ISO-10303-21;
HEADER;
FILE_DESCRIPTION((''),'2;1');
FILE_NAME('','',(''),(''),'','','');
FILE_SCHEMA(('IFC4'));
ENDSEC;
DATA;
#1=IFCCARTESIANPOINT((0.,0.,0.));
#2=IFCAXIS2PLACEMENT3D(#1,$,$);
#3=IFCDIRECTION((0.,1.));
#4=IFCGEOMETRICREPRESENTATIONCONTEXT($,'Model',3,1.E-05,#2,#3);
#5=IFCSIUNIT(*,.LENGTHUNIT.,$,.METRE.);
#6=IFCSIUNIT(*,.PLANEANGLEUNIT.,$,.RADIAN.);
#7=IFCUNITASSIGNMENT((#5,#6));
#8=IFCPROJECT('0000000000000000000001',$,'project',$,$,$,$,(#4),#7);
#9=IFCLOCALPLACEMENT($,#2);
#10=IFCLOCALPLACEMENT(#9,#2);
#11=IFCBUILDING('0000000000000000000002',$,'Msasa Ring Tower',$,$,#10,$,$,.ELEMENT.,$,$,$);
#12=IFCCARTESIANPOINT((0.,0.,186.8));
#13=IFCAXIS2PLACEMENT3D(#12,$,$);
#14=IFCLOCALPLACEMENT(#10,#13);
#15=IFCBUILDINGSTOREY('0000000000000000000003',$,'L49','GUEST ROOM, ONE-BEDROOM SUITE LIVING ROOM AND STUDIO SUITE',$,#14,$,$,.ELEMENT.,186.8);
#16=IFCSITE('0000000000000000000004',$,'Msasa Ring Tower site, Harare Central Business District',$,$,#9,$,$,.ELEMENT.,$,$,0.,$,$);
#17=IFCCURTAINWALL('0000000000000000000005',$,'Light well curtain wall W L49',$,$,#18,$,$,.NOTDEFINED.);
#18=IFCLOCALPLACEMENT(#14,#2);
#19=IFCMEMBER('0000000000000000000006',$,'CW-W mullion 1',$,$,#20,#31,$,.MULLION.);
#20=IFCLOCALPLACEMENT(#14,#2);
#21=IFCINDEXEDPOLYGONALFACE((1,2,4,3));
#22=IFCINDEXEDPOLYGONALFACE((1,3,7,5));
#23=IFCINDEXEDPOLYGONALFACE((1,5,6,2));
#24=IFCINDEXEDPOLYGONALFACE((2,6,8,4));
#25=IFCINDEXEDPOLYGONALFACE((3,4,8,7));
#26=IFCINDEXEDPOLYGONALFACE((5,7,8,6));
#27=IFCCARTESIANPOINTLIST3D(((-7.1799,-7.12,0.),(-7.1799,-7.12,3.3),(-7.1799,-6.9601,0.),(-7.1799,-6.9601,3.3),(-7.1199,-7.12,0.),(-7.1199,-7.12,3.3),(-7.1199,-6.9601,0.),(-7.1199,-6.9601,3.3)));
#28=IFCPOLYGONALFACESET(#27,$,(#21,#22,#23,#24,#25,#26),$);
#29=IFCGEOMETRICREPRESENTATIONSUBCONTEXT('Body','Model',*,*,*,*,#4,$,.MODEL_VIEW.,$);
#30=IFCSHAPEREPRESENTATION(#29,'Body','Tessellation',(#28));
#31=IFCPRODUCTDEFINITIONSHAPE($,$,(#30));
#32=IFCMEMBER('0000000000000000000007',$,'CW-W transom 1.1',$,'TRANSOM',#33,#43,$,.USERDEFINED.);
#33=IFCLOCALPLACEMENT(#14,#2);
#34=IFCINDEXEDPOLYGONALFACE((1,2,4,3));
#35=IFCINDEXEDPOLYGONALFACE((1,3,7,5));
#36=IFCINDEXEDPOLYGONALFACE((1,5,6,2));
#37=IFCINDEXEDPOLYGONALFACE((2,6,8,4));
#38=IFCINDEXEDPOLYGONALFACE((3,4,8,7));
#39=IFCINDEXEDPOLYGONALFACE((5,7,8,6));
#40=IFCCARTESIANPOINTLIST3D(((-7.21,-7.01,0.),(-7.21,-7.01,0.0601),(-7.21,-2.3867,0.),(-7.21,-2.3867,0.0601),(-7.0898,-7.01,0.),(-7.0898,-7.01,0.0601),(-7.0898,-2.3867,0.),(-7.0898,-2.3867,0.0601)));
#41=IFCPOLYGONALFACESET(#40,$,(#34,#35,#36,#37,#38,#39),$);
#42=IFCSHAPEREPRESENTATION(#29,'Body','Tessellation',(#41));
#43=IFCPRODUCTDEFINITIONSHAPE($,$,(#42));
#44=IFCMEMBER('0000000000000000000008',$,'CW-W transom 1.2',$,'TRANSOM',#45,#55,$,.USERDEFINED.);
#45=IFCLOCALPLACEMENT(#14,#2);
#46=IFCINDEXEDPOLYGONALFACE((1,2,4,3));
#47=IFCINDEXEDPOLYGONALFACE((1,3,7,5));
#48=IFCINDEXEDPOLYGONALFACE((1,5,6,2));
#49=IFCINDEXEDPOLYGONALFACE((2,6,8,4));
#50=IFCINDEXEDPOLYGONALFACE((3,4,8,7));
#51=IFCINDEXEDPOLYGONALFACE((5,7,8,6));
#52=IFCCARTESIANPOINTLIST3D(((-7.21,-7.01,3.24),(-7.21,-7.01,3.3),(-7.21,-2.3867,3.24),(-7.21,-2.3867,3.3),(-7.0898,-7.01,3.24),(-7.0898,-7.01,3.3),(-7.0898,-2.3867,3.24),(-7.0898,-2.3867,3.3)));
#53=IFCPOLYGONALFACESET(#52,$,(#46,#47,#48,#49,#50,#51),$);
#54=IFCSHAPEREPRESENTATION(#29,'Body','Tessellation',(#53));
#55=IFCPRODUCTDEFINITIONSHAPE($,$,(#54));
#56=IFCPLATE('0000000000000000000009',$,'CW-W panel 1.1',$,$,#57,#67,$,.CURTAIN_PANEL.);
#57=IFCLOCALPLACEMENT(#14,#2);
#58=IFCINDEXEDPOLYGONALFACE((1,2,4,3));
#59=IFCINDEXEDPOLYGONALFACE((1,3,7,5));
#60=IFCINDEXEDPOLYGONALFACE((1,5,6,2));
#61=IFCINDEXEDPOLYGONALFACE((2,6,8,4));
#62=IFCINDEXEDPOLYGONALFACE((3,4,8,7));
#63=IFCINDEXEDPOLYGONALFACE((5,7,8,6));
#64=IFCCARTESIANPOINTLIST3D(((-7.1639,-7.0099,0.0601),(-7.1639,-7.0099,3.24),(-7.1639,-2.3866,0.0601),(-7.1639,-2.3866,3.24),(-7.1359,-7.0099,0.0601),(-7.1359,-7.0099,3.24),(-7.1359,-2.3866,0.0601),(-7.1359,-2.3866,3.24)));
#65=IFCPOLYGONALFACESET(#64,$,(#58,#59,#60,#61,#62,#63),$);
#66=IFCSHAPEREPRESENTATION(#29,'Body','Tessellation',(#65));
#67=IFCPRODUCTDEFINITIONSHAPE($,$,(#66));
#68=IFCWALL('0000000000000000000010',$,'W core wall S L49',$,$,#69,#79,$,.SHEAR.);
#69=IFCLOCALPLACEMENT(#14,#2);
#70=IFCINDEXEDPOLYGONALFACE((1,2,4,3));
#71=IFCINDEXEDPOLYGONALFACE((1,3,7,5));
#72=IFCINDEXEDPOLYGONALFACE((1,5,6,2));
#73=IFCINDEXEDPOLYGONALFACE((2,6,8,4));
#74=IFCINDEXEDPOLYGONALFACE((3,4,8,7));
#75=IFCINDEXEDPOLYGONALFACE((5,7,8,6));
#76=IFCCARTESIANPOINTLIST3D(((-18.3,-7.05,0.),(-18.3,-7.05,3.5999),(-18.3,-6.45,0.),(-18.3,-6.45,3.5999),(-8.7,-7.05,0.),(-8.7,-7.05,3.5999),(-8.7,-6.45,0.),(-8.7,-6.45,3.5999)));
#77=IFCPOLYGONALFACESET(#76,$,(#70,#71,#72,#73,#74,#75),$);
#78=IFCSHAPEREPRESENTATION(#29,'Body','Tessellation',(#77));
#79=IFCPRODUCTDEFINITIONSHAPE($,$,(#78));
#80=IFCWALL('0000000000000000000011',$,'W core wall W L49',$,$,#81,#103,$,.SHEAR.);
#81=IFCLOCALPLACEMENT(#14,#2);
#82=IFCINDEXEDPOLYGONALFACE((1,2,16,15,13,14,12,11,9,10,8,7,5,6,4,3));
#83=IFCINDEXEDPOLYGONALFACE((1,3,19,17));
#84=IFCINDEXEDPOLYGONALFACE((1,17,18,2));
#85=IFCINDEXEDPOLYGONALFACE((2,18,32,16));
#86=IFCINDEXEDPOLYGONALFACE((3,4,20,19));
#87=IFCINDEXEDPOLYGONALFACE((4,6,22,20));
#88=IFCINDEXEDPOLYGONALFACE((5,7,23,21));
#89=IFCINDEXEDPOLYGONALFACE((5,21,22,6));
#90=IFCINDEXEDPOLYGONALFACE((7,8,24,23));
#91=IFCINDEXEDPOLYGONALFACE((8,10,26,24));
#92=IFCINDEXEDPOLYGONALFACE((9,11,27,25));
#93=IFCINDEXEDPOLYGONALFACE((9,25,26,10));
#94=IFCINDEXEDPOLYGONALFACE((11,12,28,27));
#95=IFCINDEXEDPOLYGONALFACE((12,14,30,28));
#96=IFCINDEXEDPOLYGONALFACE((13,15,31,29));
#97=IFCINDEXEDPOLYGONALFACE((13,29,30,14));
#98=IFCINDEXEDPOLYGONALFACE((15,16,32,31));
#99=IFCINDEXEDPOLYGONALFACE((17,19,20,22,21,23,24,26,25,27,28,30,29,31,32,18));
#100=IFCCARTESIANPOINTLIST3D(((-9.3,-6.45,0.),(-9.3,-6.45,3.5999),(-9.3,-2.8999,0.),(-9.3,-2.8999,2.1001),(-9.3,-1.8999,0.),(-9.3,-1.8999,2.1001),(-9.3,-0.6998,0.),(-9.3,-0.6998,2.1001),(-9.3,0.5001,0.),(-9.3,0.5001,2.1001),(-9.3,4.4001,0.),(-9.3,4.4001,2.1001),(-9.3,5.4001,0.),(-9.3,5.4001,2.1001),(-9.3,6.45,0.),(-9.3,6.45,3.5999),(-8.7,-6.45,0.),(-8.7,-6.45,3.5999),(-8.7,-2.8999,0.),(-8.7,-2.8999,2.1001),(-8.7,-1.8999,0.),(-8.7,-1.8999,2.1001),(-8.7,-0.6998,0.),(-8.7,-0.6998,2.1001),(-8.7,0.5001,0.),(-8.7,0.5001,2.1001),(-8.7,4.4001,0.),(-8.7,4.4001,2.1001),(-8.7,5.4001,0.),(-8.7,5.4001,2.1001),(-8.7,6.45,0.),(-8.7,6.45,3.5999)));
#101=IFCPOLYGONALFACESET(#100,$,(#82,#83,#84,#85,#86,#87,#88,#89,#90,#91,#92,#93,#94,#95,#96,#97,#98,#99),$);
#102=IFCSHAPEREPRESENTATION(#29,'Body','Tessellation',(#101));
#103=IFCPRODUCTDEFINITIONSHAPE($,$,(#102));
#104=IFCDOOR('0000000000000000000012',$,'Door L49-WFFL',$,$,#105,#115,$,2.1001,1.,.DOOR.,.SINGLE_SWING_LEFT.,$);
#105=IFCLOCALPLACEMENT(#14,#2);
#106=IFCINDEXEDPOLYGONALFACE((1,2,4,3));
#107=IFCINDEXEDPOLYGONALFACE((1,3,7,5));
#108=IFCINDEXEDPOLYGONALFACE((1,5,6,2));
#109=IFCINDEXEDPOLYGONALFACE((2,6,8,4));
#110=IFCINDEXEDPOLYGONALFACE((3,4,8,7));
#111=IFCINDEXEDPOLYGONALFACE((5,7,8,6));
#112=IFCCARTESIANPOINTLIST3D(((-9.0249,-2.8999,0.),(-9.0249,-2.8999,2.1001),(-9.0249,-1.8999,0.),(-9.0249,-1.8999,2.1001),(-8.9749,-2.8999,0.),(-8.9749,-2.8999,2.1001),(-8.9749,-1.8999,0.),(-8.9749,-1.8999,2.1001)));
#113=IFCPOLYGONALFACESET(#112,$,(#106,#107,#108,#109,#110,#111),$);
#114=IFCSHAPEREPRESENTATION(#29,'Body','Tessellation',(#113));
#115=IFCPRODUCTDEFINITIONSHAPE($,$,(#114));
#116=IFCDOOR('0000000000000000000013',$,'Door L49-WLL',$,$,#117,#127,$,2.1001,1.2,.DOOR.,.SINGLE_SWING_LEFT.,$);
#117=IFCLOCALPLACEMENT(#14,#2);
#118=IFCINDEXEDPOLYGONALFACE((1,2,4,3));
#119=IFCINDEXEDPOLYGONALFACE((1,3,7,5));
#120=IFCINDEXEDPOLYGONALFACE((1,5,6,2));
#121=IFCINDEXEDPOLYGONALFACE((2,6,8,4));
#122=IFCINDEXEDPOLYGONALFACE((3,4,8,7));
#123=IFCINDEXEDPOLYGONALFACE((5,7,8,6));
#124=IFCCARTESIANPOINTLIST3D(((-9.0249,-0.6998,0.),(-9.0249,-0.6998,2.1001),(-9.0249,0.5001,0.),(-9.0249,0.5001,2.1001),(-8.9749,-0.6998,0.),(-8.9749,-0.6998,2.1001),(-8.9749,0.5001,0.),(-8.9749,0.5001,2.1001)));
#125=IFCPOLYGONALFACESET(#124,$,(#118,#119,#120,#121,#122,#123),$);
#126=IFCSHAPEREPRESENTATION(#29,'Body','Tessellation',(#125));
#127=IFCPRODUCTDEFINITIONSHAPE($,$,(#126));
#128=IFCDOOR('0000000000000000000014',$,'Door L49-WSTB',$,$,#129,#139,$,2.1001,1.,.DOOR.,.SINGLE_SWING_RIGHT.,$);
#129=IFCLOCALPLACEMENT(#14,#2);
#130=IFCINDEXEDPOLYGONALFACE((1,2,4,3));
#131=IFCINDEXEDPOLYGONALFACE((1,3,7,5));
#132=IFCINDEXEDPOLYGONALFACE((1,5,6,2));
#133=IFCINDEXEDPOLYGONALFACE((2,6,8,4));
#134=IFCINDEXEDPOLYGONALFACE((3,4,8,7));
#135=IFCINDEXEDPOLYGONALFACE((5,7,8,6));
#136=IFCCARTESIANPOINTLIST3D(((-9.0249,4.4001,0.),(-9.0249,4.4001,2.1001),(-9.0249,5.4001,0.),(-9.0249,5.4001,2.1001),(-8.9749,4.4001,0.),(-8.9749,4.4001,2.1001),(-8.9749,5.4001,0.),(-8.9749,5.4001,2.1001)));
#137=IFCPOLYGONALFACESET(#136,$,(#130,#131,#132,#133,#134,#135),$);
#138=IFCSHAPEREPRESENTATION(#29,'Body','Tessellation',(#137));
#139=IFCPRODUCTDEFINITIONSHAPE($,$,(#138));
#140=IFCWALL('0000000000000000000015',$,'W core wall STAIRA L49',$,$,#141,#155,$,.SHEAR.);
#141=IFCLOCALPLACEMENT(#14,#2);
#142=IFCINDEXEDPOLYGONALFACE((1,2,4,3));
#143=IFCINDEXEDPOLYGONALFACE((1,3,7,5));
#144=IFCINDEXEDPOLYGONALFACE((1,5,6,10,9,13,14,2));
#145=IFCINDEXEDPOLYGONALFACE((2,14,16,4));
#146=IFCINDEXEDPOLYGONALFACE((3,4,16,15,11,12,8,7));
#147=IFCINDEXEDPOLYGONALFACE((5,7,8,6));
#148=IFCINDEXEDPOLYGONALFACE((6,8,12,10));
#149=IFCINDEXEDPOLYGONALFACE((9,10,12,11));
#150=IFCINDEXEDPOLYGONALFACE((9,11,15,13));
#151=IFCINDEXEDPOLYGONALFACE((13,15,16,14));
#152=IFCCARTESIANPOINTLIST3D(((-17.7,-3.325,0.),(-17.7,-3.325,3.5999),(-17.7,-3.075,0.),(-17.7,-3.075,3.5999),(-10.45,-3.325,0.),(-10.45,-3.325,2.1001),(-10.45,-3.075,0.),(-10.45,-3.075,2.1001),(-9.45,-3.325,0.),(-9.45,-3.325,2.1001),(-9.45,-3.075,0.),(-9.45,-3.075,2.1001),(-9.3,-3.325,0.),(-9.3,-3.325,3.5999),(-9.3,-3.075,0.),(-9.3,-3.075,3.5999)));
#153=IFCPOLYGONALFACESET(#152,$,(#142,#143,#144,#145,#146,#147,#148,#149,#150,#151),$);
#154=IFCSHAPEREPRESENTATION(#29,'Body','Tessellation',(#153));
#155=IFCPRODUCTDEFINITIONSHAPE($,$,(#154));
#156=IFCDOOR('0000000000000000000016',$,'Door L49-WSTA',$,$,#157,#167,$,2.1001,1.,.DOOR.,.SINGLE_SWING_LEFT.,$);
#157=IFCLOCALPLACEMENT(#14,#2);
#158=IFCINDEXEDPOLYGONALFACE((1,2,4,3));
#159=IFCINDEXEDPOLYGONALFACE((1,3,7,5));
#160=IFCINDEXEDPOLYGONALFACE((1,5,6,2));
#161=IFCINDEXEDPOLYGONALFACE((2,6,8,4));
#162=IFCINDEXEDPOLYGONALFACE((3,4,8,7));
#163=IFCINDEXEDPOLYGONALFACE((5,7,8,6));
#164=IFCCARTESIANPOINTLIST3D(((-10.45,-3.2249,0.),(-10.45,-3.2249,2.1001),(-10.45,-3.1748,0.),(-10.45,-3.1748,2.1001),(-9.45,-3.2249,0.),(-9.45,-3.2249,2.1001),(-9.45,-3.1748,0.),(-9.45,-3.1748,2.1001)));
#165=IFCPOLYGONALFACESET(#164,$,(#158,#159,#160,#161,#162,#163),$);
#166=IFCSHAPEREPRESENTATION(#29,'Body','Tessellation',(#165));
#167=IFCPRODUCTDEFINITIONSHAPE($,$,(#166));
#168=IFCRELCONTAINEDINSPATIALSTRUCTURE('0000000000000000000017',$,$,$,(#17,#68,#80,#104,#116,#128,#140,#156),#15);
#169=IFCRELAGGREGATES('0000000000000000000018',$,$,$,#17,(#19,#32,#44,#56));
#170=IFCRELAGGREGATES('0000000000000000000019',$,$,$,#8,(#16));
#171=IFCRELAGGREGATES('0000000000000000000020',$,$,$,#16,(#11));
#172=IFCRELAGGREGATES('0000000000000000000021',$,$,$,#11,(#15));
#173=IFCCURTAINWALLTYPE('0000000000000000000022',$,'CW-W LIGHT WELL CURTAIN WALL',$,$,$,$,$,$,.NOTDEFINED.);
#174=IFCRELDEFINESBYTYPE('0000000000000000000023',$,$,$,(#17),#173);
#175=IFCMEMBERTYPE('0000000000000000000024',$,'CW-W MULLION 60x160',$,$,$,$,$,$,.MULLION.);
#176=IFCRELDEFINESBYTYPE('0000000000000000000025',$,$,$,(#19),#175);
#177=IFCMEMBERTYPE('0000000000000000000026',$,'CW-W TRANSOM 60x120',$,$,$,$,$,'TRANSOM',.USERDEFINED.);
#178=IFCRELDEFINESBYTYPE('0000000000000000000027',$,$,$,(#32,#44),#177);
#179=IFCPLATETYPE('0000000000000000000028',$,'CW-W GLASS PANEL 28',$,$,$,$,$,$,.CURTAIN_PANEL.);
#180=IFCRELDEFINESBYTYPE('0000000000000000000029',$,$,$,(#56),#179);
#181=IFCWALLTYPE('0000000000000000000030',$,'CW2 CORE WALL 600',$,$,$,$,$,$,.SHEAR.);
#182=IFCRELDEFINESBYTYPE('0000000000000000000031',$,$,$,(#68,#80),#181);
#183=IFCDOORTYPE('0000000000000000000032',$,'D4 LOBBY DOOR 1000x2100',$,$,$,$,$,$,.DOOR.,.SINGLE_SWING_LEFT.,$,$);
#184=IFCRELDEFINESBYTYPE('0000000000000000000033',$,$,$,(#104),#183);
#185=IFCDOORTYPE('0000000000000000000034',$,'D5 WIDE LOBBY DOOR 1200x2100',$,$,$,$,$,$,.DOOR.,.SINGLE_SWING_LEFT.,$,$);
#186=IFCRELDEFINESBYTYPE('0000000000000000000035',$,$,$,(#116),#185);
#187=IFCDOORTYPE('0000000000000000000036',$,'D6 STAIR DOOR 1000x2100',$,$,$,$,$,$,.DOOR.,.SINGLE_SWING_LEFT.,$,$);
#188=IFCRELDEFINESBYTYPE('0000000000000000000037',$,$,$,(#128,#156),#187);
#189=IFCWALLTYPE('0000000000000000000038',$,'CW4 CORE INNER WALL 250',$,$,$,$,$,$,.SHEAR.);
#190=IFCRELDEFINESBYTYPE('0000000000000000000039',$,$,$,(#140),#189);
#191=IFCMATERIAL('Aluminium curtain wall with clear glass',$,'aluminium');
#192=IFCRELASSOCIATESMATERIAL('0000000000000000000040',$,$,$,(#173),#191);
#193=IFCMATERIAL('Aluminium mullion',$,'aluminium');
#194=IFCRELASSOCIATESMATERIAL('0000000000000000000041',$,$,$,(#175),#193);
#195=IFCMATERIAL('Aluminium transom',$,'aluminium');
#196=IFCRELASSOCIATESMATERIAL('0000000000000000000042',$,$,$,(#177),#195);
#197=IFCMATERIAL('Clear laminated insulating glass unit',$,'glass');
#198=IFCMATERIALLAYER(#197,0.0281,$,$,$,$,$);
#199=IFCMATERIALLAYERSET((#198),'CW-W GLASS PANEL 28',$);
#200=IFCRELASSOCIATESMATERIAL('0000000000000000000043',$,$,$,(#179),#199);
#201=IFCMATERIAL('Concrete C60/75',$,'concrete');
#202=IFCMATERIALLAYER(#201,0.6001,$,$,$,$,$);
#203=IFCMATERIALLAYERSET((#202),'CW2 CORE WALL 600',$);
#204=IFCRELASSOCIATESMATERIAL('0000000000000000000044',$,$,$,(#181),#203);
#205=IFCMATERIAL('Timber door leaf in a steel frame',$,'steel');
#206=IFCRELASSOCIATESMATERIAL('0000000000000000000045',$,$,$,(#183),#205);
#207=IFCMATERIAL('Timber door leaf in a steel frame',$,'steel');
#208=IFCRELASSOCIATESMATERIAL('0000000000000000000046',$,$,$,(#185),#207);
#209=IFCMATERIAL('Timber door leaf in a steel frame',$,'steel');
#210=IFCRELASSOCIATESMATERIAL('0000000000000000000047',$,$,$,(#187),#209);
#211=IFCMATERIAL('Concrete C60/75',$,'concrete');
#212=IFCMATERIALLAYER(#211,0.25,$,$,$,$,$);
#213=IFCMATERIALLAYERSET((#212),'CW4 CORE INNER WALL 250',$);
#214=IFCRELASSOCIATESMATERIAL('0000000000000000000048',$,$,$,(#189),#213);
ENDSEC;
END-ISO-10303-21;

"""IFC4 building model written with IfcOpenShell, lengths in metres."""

from ifc_helpers import new_model, si_unit, direction, frame, frame_2d, origin, origin_2d, place, context, subcontext, project, spatial, rectangle, extrude, material, layer, layer_set, material_profile, profile_set, type_object, element, fill, aggregate, save


model = new_model("IFC4")

# Units and contexts
model_context = context("Model", 3, precision=1e-05, world=origin(), true_north=direction((0.0, 1.0)))
body_context = subcontext(model_context, "Body", "Model", "MODEL_VIEW")
ifc_project = project(units=[si_unit("LENGTHUNIT", "METRE"), si_unit("PLANEANGLEUNIT", "RADIAN")], contexts=[model_context])

# Site, building, storey
site_placement = place(None, origin())
site = spatial("IfcSite", under=ifc_project, at=site_placement, Name="Msasa Ring Tower site, Harare Central Business District", CompositionType="ELEMENT", RefElevation=0.0)
building_placement = place(site_placement, origin())
building = spatial("IfcBuilding", under=site, at=building_placement, Name="Msasa Ring Tower", CompositionType="ELEMENT")
storey_placement = place(building_placement, frame((0.0, 0.0, 186.8)))
storey = spatial("IfcBuildingStorey", under=building, at=storey_placement, Name="L49", Description="GUEST ROOM, ONE-BEDROOM SUITE LIVING ROOM AND STUDIO SUITE", CompositionType="ELEMENT", Elevation=186.8)

# Curtain wall, members, plate
ifc_material_1 = material(Name="Aluminium curtain wall with clear glass", Category="aluminium")
curtain_wall_type = type_object("IfcCurtainWallType", Name="CW-W LIGHT WELL CURTAIN WALL", PredefinedType="NOTDEFINED", material=ifc_material_1)
curtain_wall_placement = place(storey_placement, origin())
curtain_wall = element("IfcCurtainWall", 1, at=curtain_wall_placement, inside=storey, type_object=curtain_wall_type, Name="Light well curtain wall W L49", PredefinedType="NOTDEFINED")
ifc_material_2 = material(Name="Aluminium mullion", Category="aluminium")
ifc_material_profile_1 = material_profile(ifc_material_2, rectangle(XDim=0.0601, YDim=0.1599, at=origin_2d()), Name="AL 60x160")
ifc_profile_set_1 = profile_set([ifc_material_profile_1], Name="Aluminium mullion")
member_type_1 = type_object("IfcMemberType", Name="CW-W MULLION 60x160", PredefinedType="MULLION", material=ifc_profile_set_1)
member_1_placement = place(storey_placement, frame((-7.1499, -7.04, 0.0), z_axis=(0.0, 0.0, 1.0), x_axis=(-1.0, 0.0, 0.0)))
member_1 = element("IfcMember", 2, at=member_1_placement, type_object=member_type_1, Name="CW-W mullion 1", PredefinedType="MULLION", context=body_context, shape_type="SweptSolid", body=[
    extrude(rectangle(XDim=0.0601, YDim=0.1599, at=origin_2d()), origin(), (0.0, 0.0, 1.0), 3.3),
])
ifc_material_3 = material(Name="Aluminium transom", Category="aluminium")
ifc_material_profile_2 = material_profile(ifc_material_3, rectangle(XDim=0.1201, YDim=0.0601, at=origin_2d()), Name="AL 60x120")
ifc_profile_set_2 = profile_set([ifc_material_profile_2], Name="Aluminium transom")
member_type_2 = type_object("IfcMemberType", Name="CW-W TRANSOM 60x120", ElementType="TRANSOM", PredefinedType="USERDEFINED", material=ifc_profile_set_2)
member_2_placement = place(storey_placement, frame((-7.1499, -7.01, 0.03), z_axis=(0.0, 1.0, 0.0), x_axis=(-1.0, 0.0, 0.0)))
member_2 = element("IfcMember", 3, at=member_2_placement, type_object=member_type_2, Name="CW-W transom 1.1", ObjectType="TRANSOM", PredefinedType="USERDEFINED", context=body_context, shape_type="SweptSolid", body=[
    extrude(rectangle(XDim=0.1201, YDim=0.0601, at=origin_2d()), origin(), (0.0, 0.0, 1.0), 4.6233),
])
member_3_placement = place(storey_placement, frame((-7.1499, -7.01, 3.27), z_axis=(0.0, 1.0, 0.0), x_axis=(-1.0, 0.0, 0.0)))
member_3 = element("IfcMember", 4, at=member_3_placement, type_object=member_type_2, Name="CW-W transom 1.2", ObjectType="TRANSOM", PredefinedType="USERDEFINED", context=body_context, shape_type="SweptSolid", body=[
    extrude(rectangle(XDim=0.1201, YDim=0.0601, at=origin_2d()), origin(), (0.0, 0.0, 1.0), 4.6233),
])
ifc_material_4 = material(Name="Clear laminated insulating glass unit", Category="glass")
ifc_layer_1 = layer(ifc_material_4, 0.0281)
ifc_layer_set_1 = layer_set([ifc_layer_1], Name="CW-W GLASS PANEL 28")
plate_type = type_object("IfcPlateType", Name="CW-W GLASS PANEL 28", PredefinedType="CURTAIN_PANEL", material=ifc_layer_set_1)
plate_placement = place(storey_placement, frame((-7.1499, -4.6982, 0.0601), z_axis=(0.0, 0.0, 1.0), x_axis=(0.0, 1.0, 0.0)))
plate = element("IfcPlate", 5, at=plate_placement, type_object=plate_type, Name="CW-W panel 1.1", PredefinedType="CURTAIN_PANEL", context=body_context, shape_type="SweptSolid", body=[
    extrude(rectangle(XDim=4.6233, YDim=0.0281, at=origin_2d()), origin(), (0.0, 0.0, 1.0), 3.1799),
])
aggregate(curtain_wall, [member_1, member_2, member_3, plate])

# Wall
ifc_material_5 = material(Name="Concrete C60/75", Category="concrete")
ifc_layer_2 = layer(ifc_material_5, 0.6001)
ifc_layer_set_2 = layer_set([ifc_layer_2], Name="CW2 CORE WALL 600")
wall_type_1 = type_object("IfcWallType", Name="CW2 CORE WALL 600", PredefinedType="SHEAR", material=ifc_layer_set_2)
wall_1_placement = place(storey_placement, frame((-8.7, -6.75, 0.0), z_axis=(0.0, 0.0, 1.0), x_axis=(-1.0, 0.0, 0.0)))
element("IfcWall", 6, at=wall_1_placement, inside=storey, type_object=wall_type_1, Name="W core wall S L49", PredefinedType="SHEAR", context=body_context, shape_type="SweptSolid", body=[
    extrude(rectangle(XDim=9.6001, YDim=0.6001, at=frame_2d((4.8, 0.0))), origin(), (0.0, 0.0, 1.0), 3.5999),
])

# Wall, openings, doors
wall_2_placement = place(storey_placement, frame((-9.0, -6.45, 0.0), z_axis=(0.0, 0.0, 1.0), x_axis=(0.0, 1.0, 0.0)))
wall_2 = element("IfcWall", 7, at=wall_2_placement, inside=storey, type_object=wall_type_1, Name="W core wall W L49", PredefinedType="SHEAR", context=body_context, shape_type="SweptSolid", body=[
    extrude(rectangle(XDim=12.8999, YDim=0.6001, at=frame_2d((6.45, 0.0))), origin(), (0.0, 0.0, 1.0), 3.5999),
])
opening_1_placement = place(wall_2_placement, frame((3.55, 0.0, 0.0)))
opening_1 = element("IfcOpeningElement", 8, at=opening_1_placement, cuts=wall_2, PredefinedType="OPENING", context=body_context, shape_type="SweptSolid", body=[
    extrude(rectangle(XDim=1.0, YDim=2.1001, at=frame_2d((0.5, 1.05))), frame((0.0, 0.3101, 0.0), z_axis=(0.0, -1.0, 0.0), x_axis=(1.0, 0.0, 0.0)), (0.0, 0.0, 1.0), 0.6201),
])
opening_2_placement = place(wall_2_placement, frame((5.75, 0.0, 0.0)))
opening_2 = element("IfcOpeningElement", 9, at=opening_2_placement, cuts=wall_2, PredefinedType="OPENING", context=body_context, shape_type="SweptSolid", body=[
    extrude(rectangle(XDim=1.2, YDim=2.1001, at=frame_2d((0.6001, 1.05))), frame((0.0, 0.3101, 0.0), z_axis=(0.0, -1.0, 0.0), x_axis=(1.0, 0.0, 0.0)), (0.0, 0.0, 1.0), 0.6201),
])
opening_3_placement = place(wall_2_placement, frame((10.8501, 0.0, 0.0)))
opening_3 = element("IfcOpeningElement", 10, at=opening_3_placement, cuts=wall_2, PredefinedType="OPENING", context=body_context, shape_type="SweptSolid", body=[
    extrude(rectangle(XDim=1.0, YDim=2.1001, at=frame_2d((0.5, 1.05))), frame((0.0, 0.3101, 0.0), z_axis=(0.0, -1.0, 0.0), x_axis=(1.0, 0.0, 0.0)), (0.0, 0.0, 1.0), 0.6201),
])
ifc_material_6 = material(Name="Timber door leaf in a steel frame", Category="steel")
door_type_1 = type_object("IfcDoorType", Name="D4 LOBBY DOOR 1000x2100", OperationType="SINGLE_SWING_LEFT", PredefinedType="DOOR", material=ifc_material_6)
door_1_placement = place(opening_1_placement, origin())
door_1 = element("IfcDoor", 11, at=door_1_placement, inside=storey, type_object=door_type_1, Name="Door L49-WFFL", OperationType="SINGLE_SWING_LEFT", OverallHeight=2.1001, OverallWidth=1.0, PredefinedType="DOOR", context=body_context, shape_type="SweptSolid", body=[
    extrude(rectangle(XDim=1.0, YDim=2.1001, at=frame_2d((0.5, 1.05))), frame((0.0, 0.0249, 0.0), z_axis=(0.0, -1.0, 0.0), x_axis=(1.0, 0.0, 0.0)), (0.0, 0.0, 1.0), 0.05),
])
fill(opening_1, door_1)
ifc_material_7 = material(Name="Timber door leaf in a steel frame", Category="steel")
door_type_2 = type_object("IfcDoorType", Name="D5 WIDE LOBBY DOOR 1200x2100", OperationType="SINGLE_SWING_LEFT", PredefinedType="DOOR", material=ifc_material_7)
door_2_placement = place(opening_2_placement, origin())
door_2 = element("IfcDoor", 12, at=door_2_placement, inside=storey, type_object=door_type_2, Name="Door L49-WLL", OperationType="SINGLE_SWING_LEFT", OverallHeight=2.1001, OverallWidth=1.2, PredefinedType="DOOR", context=body_context, shape_type="SweptSolid", body=[
    extrude(rectangle(XDim=1.2, YDim=2.1001, at=frame_2d((0.6001, 1.05))), frame((0.0, 0.0249, 0.0), z_axis=(0.0, -1.0, 0.0), x_axis=(1.0, 0.0, 0.0)), (0.0, 0.0, 1.0), 0.05),
])
fill(opening_2, door_2)
ifc_material_8 = material(Name="Timber door leaf in a steel frame", Category="steel")
door_type_3 = type_object("IfcDoorType", Name="D6 STAIR DOOR 1000x2100", OperationType="SINGLE_SWING_LEFT", PredefinedType="DOOR", material=ifc_material_8)
door_3_placement = place(opening_3_placement, origin())
door_3 = element("IfcDoor", 13, at=door_3_placement, inside=storey, type_object=door_type_3, Name="Door L49-WSTB", OperationType="SINGLE_SWING_RIGHT", OverallHeight=2.1001, OverallWidth=1.0, PredefinedType="DOOR", context=body_context, shape_type="SweptSolid", body=[
    extrude(rectangle(XDim=1.0, YDim=2.1001, at=frame_2d((0.5, 1.05))), frame((0.0, 0.0249, 0.0), z_axis=(0.0, -1.0, 0.0), x_axis=(1.0, 0.0, 0.0)), (0.0, 0.0, 1.0), 0.05),
])
fill(opening_3, door_3)

# Wall, opening, door
ifc_material_9 = material(Name="Concrete C60/75", Category="concrete")
ifc_layer_3 = layer(ifc_material_9, 0.25)
ifc_layer_set_3 = layer_set([ifc_layer_3], Name="CW4 CORE INNER WALL 250")
wall_type_2 = type_object("IfcWallType", Name="CW4 CORE INNER WALL 250", PredefinedType="SHEAR", material=ifc_layer_set_3)
wall_3_placement = place(storey_placement, frame((-9.3, -3.2, 0.0), z_axis=(0.0, 0.0, 1.0), x_axis=(-1.0, 0.0, 0.0)))
wall_3 = element("IfcWall", 14, at=wall_3_placement, inside=storey, type_object=wall_type_2, Name="W core wall STAIRA L49", PredefinedType="SHEAR", context=body_context, shape_type="SweptSolid", body=[
    extrude(rectangle(XDim=8.3999, YDim=0.25, at=frame_2d((4.2, 0.0))), origin(), (0.0, 0.0, 1.0), 3.5999),
])
opening_4_placement = place(wall_3_placement, frame((0.1499, 0.0, 0.0)))
opening_4 = element("IfcOpeningElement", 15, at=opening_4_placement, cuts=wall_3, PredefinedType="OPENING", context=body_context, shape_type="SweptSolid", body=[
    extrude(rectangle(XDim=1.0, YDim=2.1001, at=frame_2d((0.5, 1.05))), frame((0.0, 0.135, 0.0), z_axis=(0.0, -1.0, 0.0), x_axis=(1.0, 0.0, 0.0)), (0.0, 0.0, 1.0), 0.27),
])
door_4_placement = place(opening_4_placement, origin())
door_4 = element("IfcDoor", 16, at=door_4_placement, inside=storey, type_object=door_type_3, Name="Door L49-WSTA", OperationType="SINGLE_SWING_LEFT", OverallHeight=2.1001, OverallWidth=1.0, PredefinedType="DOOR", context=body_context, shape_type="SweptSolid", body=[
    extrude(rectangle(XDim=1.0, YDim=2.1001, at=frame_2d((0.5, 1.05))), frame((0.0, 0.0249, 0.0), z_axis=(0.0, -1.0, 0.0), x_axis=(1.0, 0.0, 0.0)), (0.0, 0.0, 1.0), 0.05),
])
fill(opening_4, door_4)

save(model, "model.ifc")
